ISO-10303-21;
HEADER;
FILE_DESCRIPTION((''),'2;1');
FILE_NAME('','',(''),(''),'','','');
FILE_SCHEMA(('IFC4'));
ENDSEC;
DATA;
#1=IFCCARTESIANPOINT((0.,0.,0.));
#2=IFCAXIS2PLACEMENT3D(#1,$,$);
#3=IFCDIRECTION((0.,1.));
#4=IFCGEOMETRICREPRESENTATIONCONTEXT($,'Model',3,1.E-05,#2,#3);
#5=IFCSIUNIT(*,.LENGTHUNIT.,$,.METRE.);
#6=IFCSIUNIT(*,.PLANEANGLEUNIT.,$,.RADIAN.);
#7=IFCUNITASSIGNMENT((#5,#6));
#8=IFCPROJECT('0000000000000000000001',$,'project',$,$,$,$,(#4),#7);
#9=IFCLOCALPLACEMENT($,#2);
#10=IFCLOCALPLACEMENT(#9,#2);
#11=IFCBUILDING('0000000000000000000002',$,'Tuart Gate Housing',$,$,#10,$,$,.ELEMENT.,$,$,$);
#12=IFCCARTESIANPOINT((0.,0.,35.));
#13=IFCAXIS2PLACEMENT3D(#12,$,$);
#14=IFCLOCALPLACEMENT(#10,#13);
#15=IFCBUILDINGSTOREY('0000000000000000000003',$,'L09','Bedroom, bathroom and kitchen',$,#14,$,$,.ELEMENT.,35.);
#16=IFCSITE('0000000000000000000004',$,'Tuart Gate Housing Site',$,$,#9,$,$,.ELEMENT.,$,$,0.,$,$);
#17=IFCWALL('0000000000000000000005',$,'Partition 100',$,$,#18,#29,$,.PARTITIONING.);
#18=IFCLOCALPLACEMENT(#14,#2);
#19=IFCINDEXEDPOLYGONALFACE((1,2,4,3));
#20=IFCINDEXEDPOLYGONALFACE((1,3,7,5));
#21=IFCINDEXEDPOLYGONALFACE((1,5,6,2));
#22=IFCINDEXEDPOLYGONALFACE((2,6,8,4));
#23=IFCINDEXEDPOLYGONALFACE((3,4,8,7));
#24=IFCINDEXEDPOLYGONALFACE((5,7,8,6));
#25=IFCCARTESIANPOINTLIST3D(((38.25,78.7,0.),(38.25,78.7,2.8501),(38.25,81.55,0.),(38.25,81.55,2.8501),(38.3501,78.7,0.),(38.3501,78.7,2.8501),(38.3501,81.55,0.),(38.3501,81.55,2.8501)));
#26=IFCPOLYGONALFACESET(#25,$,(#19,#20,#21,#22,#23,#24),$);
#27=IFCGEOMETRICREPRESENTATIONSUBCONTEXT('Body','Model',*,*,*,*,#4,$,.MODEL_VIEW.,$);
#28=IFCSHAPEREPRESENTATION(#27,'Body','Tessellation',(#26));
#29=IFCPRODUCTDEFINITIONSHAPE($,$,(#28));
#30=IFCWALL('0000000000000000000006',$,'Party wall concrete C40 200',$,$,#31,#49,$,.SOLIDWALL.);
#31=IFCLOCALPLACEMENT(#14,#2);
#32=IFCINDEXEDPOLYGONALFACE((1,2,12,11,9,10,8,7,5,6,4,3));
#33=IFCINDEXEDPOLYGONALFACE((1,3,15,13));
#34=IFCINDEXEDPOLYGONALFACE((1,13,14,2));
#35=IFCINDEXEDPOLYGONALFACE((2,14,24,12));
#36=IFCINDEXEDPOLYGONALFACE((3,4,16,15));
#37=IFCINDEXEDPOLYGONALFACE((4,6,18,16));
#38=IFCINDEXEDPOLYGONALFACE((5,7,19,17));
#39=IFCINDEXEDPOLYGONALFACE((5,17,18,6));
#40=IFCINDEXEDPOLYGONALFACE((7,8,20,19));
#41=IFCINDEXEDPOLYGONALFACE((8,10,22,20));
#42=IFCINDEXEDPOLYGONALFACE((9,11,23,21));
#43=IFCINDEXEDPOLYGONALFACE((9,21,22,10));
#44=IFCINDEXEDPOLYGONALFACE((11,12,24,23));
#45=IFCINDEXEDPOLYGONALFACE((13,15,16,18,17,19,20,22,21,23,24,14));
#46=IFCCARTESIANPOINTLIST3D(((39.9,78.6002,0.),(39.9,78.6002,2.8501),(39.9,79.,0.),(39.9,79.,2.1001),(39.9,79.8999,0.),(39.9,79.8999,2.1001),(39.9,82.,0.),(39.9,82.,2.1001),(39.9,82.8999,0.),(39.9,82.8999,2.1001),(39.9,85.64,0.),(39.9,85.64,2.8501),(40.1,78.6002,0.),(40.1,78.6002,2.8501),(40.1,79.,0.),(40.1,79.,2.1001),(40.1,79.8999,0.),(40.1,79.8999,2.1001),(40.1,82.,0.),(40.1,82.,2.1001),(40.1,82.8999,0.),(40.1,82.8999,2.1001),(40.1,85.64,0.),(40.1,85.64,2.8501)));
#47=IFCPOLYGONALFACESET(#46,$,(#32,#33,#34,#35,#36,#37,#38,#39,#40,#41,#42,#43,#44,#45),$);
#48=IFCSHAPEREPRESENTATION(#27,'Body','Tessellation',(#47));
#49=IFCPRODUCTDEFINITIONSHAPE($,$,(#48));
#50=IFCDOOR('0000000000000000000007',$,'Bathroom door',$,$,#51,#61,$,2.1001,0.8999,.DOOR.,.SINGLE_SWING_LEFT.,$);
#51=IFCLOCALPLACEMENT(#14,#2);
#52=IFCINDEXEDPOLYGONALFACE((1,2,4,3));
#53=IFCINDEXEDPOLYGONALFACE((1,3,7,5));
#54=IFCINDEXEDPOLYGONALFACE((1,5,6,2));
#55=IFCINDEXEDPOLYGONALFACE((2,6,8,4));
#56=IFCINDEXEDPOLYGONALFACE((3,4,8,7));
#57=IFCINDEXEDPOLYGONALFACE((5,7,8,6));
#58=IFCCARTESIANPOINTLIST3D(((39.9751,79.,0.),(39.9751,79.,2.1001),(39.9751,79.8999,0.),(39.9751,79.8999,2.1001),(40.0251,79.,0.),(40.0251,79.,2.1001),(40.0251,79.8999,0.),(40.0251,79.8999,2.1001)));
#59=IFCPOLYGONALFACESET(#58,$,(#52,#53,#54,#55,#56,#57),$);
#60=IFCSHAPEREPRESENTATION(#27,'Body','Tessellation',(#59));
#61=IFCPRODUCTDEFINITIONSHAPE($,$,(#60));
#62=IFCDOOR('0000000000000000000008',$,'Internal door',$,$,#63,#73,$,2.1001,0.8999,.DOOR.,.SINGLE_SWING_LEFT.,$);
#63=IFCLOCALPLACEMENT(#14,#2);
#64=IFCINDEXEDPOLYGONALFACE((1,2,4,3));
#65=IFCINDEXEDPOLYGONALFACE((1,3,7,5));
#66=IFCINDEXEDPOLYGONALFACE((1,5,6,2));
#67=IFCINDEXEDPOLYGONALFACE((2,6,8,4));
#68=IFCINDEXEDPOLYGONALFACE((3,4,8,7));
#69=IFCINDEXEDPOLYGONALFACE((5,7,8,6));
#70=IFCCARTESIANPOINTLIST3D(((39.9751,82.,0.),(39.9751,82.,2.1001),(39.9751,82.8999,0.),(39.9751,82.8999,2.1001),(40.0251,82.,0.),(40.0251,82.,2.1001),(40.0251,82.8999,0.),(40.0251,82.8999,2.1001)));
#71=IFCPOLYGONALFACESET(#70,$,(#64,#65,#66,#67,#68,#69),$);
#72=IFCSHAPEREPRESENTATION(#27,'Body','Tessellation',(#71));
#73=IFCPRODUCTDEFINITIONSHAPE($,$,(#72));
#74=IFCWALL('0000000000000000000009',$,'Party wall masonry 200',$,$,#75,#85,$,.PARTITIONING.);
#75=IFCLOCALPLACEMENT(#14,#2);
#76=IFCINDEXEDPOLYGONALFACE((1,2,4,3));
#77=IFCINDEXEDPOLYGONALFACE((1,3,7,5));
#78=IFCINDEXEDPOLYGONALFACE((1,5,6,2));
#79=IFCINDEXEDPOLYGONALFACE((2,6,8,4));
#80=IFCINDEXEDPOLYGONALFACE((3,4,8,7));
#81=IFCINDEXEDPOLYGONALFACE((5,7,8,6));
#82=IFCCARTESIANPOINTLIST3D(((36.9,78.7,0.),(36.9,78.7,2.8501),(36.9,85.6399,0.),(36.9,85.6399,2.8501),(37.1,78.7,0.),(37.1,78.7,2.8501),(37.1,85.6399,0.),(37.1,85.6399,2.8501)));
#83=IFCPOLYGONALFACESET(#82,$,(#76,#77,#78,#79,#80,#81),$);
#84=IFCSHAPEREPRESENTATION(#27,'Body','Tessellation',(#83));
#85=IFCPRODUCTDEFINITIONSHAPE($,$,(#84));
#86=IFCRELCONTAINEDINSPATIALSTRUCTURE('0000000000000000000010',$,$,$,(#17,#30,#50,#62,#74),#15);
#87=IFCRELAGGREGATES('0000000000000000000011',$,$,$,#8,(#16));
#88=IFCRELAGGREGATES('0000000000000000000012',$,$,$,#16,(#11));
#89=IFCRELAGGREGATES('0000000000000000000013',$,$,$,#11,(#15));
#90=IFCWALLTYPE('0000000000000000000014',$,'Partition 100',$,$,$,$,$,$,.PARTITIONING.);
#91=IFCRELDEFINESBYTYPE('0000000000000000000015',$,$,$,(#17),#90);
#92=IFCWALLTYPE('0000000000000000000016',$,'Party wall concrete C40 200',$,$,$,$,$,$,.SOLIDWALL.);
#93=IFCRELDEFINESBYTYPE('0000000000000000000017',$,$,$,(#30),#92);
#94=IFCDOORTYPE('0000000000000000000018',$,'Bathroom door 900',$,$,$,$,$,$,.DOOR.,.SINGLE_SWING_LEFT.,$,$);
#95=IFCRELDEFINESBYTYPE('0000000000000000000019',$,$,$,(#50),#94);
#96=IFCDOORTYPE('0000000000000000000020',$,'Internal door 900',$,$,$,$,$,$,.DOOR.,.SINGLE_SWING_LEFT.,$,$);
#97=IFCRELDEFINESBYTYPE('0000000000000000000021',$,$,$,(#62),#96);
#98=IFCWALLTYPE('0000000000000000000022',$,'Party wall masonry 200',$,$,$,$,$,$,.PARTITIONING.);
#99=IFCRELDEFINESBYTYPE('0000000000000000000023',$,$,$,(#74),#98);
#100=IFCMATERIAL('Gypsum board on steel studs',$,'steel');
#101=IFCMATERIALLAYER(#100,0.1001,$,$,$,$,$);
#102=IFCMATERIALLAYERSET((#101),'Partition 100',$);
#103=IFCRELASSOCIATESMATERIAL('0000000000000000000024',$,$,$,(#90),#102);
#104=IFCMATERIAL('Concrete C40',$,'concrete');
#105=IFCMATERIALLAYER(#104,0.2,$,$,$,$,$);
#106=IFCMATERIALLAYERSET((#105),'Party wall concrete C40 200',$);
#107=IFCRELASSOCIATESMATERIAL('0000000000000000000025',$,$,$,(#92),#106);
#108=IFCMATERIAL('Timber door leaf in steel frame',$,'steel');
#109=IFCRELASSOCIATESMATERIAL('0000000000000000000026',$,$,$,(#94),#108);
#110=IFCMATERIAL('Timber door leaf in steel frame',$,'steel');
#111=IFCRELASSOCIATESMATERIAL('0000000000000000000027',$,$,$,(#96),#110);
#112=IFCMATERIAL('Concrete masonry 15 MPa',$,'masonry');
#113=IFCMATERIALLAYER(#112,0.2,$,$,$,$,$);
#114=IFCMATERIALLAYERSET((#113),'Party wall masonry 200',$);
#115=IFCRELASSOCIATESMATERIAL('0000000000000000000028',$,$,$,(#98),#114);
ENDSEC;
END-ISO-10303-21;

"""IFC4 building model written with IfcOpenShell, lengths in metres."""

from ifc_helpers import new_model, si_unit, direction, frame, frame_2d, origin, place, context, subcontext, project, spatial, rectangle, extrude, material, layer, layer_set, type_object, element, fill, save


model = new_model("IFC4")

# Units and contexts
model_context = context("Model", 3, precision=1e-05, world=origin(), true_north=direction((0.0, 1.0)))
body_context = subcontext(model_context, "Body", "Model", "MODEL_VIEW")
ifc_project = project(units=[si_unit("LENGTHUNIT", "METRE"), si_unit("PLANEANGLEUNIT", "RADIAN")], contexts=[model_context])

# Site, building, storey
site_placement = place(None, origin())
site = spatial("IfcSite", under=ifc_project, at=site_placement, Name="Tuart Gate Housing Site", CompositionType="ELEMENT", RefElevation=0.0)
building_placement = place(site_placement, origin())
building = spatial("IfcBuilding", under=site, at=building_placement, Name="Tuart Gate Housing", CompositionType="ELEMENT")
storey_placement = place(building_placement, frame((0.0, 0.0, 35.0)))
storey = spatial("IfcBuildingStorey", under=building, at=storey_placement, Name="L09", Description="Bedroom, bathroom and kitchen", CompositionType="ELEMENT", Elevation=35.0)

# Wall
ifc_material_1 = material(Name="Gypsum board on steel studs", Category="steel")
ifc_layer_1 = layer(ifc_material_1, 0.1001)
ifc_layer_set_1 = layer_set([ifc_layer_1], Name="Partition 100")
wall_type_1 = type_object("IfcWallType", Name="Partition 100", PredefinedType="PARTITIONING", material=ifc_layer_set_1)
wall_1_placement = place(storey_placement, frame((38.3, 78.7, 0.0), z_axis=(0.0, 0.0, 1.0), x_axis=(0.0, 1.0, 0.0)))
element("IfcWall", 1, at=wall_1_placement, inside=storey, type_object=wall_type_1, Name="Partition 100", PredefinedType="PARTITIONING", context=body_context, shape_type="SweptSolid", body=[
    extrude(rectangle(XDim=2.8501, YDim=0.1001, at=frame_2d((1.425, 0.0))), origin(), (0.0, 0.0, 1.0), 2.8501),
])

# Wall, openings, doors
ifc_material_2 = material(Name="Concrete C40", Category="concrete")
ifc_layer_2 = layer(ifc_material_2, 0.2)
ifc_layer_set_2 = layer_set([ifc_layer_2], Name="Party wall concrete C40 200")
wall_type_2 = type_object("IfcWallType", Name="Party wall concrete C40 200", PredefinedType="SOLIDWALL", material=ifc_layer_set_2)
wall_2_placement = place(storey_placement, frame((40.0, 78.6001, 0.0), z_axis=(0.0, 0.0, 1.0), x_axis=(0.0, 1.0, 0.0)))
wall_2 = element("IfcWall", 2, at=wall_2_placement, inside=storey, type_object=wall_type_2, Name="Party wall concrete C40 200", PredefinedType="SOLIDWALL", context=body_context, shape_type="SweptSolid", body=[
    extrude(rectangle(XDim=7.0398, YDim=0.2, at=frame_2d((3.52, 0.0))), origin(), (0.0, 0.0, 1.0), 2.8501),
])
opening_1_placement = place(wall_2_placement, frame((3.3999, 0.0, 0.0)))
opening_1 = element("IfcOpeningElement", 3, at=opening_1_placement, cuts=wall_2, PredefinedType="OPENING", context=body_context, shape_type="SweptSolid", body=[
    extrude(rectangle(XDim=0.8999, YDim=2.1001, at=frame_2d((0.45, 1.05))), frame((0.0, 0.1099, 0.0), z_axis=(0.0, -1.0, 0.0), x_axis=(1.0, 0.0, 0.0)), (0.0, 0.0, 1.0), 0.22),
])
opening_2_placement = place(wall_2_placement, frame((0.3999, 0.0, 0.0)))
opening_2 = element("IfcOpeningElement", 4, at=opening_2_placement, cuts=wall_2, PredefinedType="OPENING", context=body_context, shape_type="SweptSolid", body=[
    extrude(rectangle(XDim=0.8999, YDim=2.1001, at=frame_2d((0.45, 1.05))), frame((0.0, 0.1099, 0.0), z_axis=(0.0, -1.0, 0.0), x_axis=(1.0, 0.0, 0.0)), (0.0, 0.0, 1.0), 0.22),
])
ifc_material_3 = material(Name="Timber door leaf in steel frame", Category="steel")
door_type_1 = type_object("IfcDoorType", Name="Bathroom door 900", OperationType="SINGLE_SWING_LEFT", PredefinedType="DOOR", material=ifc_material_3)
door_1_placement = place(opening_2_placement, origin())
door_1 = element("IfcDoor", 5, at=door_1_placement, inside=storey, type_object=door_type_1, Name="Bathroom door", OperationType="SINGLE_SWING_LEFT", OverallHeight=2.1001, OverallWidth=0.8999, PredefinedType="DOOR", context=body_context, shape_type="SweptSolid", body=[
    extrude(rectangle(XDim=0.8999, YDim=2.1001, at=frame_2d((0.45, 1.05))), frame((0.0, 0.0249, 0.0), z_axis=(0.0, -1.0, 0.0), x_axis=(1.0, 0.0, 0.0)), (0.0, 0.0, 1.0), 0.05),
])
fill(opening_2, door_1)
ifc_material_4 = material(Name="Timber door leaf in steel frame", Category="steel")
door_type_2 = type_object("IfcDoorType", Name="Internal door 900", OperationType="SINGLE_SWING_LEFT", PredefinedType="DOOR", material=ifc_material_4)
door_2_placement = place(opening_1_placement, origin())
door_2 = element("IfcDoor", 6, at=door_2_placement, inside=storey, type_object=door_type_2, Name="Internal door", OperationType="SINGLE_SWING_LEFT", OverallHeight=2.1001, OverallWidth=0.8999, PredefinedType="DOOR", context=body_context, shape_type="SweptSolid", body=[
    extrude(rectangle(XDim=0.8999, YDim=2.1001, at=frame_2d((0.45, 1.05))), frame((0.0, 0.0249, 0.0), z_axis=(0.0, -1.0, 0.0), x_axis=(1.0, 0.0, 0.0)), (0.0, 0.0, 1.0), 0.05),
])
fill(opening_1, door_2)

# Wall
ifc_material_5 = material(Name="Concrete masonry 15 MPa", Category="masonry")
ifc_layer_3 = layer(ifc_material_5, 0.2)
ifc_layer_set_3 = layer_set([ifc_layer_3], Name="Party wall masonry 200")
wall_type_3 = type_object("IfcWallType", Name="Party wall masonry 200", PredefinedType="PARTITIONING", material=ifc_layer_set_3)
wall_3_placement = place(storey_placement, frame((37.0, 78.7, 0.0), z_axis=(0.0, 0.0, 1.0), x_axis=(0.0, 1.0, 0.0)))
element("IfcWall", 7, at=wall_3_placement, inside=storey, type_object=wall_type_3, Name="Party wall masonry 200", PredefinedType="PARTITIONING", context=body_context, shape_type="SweptSolid", body=[
    extrude(rectangle(XDim=6.9399, YDim=0.2, at=frame_2d((3.47, 0.0))), origin(), (0.0, 0.0, 1.0), 2.8501),
])

save(model, "model.ifc")
